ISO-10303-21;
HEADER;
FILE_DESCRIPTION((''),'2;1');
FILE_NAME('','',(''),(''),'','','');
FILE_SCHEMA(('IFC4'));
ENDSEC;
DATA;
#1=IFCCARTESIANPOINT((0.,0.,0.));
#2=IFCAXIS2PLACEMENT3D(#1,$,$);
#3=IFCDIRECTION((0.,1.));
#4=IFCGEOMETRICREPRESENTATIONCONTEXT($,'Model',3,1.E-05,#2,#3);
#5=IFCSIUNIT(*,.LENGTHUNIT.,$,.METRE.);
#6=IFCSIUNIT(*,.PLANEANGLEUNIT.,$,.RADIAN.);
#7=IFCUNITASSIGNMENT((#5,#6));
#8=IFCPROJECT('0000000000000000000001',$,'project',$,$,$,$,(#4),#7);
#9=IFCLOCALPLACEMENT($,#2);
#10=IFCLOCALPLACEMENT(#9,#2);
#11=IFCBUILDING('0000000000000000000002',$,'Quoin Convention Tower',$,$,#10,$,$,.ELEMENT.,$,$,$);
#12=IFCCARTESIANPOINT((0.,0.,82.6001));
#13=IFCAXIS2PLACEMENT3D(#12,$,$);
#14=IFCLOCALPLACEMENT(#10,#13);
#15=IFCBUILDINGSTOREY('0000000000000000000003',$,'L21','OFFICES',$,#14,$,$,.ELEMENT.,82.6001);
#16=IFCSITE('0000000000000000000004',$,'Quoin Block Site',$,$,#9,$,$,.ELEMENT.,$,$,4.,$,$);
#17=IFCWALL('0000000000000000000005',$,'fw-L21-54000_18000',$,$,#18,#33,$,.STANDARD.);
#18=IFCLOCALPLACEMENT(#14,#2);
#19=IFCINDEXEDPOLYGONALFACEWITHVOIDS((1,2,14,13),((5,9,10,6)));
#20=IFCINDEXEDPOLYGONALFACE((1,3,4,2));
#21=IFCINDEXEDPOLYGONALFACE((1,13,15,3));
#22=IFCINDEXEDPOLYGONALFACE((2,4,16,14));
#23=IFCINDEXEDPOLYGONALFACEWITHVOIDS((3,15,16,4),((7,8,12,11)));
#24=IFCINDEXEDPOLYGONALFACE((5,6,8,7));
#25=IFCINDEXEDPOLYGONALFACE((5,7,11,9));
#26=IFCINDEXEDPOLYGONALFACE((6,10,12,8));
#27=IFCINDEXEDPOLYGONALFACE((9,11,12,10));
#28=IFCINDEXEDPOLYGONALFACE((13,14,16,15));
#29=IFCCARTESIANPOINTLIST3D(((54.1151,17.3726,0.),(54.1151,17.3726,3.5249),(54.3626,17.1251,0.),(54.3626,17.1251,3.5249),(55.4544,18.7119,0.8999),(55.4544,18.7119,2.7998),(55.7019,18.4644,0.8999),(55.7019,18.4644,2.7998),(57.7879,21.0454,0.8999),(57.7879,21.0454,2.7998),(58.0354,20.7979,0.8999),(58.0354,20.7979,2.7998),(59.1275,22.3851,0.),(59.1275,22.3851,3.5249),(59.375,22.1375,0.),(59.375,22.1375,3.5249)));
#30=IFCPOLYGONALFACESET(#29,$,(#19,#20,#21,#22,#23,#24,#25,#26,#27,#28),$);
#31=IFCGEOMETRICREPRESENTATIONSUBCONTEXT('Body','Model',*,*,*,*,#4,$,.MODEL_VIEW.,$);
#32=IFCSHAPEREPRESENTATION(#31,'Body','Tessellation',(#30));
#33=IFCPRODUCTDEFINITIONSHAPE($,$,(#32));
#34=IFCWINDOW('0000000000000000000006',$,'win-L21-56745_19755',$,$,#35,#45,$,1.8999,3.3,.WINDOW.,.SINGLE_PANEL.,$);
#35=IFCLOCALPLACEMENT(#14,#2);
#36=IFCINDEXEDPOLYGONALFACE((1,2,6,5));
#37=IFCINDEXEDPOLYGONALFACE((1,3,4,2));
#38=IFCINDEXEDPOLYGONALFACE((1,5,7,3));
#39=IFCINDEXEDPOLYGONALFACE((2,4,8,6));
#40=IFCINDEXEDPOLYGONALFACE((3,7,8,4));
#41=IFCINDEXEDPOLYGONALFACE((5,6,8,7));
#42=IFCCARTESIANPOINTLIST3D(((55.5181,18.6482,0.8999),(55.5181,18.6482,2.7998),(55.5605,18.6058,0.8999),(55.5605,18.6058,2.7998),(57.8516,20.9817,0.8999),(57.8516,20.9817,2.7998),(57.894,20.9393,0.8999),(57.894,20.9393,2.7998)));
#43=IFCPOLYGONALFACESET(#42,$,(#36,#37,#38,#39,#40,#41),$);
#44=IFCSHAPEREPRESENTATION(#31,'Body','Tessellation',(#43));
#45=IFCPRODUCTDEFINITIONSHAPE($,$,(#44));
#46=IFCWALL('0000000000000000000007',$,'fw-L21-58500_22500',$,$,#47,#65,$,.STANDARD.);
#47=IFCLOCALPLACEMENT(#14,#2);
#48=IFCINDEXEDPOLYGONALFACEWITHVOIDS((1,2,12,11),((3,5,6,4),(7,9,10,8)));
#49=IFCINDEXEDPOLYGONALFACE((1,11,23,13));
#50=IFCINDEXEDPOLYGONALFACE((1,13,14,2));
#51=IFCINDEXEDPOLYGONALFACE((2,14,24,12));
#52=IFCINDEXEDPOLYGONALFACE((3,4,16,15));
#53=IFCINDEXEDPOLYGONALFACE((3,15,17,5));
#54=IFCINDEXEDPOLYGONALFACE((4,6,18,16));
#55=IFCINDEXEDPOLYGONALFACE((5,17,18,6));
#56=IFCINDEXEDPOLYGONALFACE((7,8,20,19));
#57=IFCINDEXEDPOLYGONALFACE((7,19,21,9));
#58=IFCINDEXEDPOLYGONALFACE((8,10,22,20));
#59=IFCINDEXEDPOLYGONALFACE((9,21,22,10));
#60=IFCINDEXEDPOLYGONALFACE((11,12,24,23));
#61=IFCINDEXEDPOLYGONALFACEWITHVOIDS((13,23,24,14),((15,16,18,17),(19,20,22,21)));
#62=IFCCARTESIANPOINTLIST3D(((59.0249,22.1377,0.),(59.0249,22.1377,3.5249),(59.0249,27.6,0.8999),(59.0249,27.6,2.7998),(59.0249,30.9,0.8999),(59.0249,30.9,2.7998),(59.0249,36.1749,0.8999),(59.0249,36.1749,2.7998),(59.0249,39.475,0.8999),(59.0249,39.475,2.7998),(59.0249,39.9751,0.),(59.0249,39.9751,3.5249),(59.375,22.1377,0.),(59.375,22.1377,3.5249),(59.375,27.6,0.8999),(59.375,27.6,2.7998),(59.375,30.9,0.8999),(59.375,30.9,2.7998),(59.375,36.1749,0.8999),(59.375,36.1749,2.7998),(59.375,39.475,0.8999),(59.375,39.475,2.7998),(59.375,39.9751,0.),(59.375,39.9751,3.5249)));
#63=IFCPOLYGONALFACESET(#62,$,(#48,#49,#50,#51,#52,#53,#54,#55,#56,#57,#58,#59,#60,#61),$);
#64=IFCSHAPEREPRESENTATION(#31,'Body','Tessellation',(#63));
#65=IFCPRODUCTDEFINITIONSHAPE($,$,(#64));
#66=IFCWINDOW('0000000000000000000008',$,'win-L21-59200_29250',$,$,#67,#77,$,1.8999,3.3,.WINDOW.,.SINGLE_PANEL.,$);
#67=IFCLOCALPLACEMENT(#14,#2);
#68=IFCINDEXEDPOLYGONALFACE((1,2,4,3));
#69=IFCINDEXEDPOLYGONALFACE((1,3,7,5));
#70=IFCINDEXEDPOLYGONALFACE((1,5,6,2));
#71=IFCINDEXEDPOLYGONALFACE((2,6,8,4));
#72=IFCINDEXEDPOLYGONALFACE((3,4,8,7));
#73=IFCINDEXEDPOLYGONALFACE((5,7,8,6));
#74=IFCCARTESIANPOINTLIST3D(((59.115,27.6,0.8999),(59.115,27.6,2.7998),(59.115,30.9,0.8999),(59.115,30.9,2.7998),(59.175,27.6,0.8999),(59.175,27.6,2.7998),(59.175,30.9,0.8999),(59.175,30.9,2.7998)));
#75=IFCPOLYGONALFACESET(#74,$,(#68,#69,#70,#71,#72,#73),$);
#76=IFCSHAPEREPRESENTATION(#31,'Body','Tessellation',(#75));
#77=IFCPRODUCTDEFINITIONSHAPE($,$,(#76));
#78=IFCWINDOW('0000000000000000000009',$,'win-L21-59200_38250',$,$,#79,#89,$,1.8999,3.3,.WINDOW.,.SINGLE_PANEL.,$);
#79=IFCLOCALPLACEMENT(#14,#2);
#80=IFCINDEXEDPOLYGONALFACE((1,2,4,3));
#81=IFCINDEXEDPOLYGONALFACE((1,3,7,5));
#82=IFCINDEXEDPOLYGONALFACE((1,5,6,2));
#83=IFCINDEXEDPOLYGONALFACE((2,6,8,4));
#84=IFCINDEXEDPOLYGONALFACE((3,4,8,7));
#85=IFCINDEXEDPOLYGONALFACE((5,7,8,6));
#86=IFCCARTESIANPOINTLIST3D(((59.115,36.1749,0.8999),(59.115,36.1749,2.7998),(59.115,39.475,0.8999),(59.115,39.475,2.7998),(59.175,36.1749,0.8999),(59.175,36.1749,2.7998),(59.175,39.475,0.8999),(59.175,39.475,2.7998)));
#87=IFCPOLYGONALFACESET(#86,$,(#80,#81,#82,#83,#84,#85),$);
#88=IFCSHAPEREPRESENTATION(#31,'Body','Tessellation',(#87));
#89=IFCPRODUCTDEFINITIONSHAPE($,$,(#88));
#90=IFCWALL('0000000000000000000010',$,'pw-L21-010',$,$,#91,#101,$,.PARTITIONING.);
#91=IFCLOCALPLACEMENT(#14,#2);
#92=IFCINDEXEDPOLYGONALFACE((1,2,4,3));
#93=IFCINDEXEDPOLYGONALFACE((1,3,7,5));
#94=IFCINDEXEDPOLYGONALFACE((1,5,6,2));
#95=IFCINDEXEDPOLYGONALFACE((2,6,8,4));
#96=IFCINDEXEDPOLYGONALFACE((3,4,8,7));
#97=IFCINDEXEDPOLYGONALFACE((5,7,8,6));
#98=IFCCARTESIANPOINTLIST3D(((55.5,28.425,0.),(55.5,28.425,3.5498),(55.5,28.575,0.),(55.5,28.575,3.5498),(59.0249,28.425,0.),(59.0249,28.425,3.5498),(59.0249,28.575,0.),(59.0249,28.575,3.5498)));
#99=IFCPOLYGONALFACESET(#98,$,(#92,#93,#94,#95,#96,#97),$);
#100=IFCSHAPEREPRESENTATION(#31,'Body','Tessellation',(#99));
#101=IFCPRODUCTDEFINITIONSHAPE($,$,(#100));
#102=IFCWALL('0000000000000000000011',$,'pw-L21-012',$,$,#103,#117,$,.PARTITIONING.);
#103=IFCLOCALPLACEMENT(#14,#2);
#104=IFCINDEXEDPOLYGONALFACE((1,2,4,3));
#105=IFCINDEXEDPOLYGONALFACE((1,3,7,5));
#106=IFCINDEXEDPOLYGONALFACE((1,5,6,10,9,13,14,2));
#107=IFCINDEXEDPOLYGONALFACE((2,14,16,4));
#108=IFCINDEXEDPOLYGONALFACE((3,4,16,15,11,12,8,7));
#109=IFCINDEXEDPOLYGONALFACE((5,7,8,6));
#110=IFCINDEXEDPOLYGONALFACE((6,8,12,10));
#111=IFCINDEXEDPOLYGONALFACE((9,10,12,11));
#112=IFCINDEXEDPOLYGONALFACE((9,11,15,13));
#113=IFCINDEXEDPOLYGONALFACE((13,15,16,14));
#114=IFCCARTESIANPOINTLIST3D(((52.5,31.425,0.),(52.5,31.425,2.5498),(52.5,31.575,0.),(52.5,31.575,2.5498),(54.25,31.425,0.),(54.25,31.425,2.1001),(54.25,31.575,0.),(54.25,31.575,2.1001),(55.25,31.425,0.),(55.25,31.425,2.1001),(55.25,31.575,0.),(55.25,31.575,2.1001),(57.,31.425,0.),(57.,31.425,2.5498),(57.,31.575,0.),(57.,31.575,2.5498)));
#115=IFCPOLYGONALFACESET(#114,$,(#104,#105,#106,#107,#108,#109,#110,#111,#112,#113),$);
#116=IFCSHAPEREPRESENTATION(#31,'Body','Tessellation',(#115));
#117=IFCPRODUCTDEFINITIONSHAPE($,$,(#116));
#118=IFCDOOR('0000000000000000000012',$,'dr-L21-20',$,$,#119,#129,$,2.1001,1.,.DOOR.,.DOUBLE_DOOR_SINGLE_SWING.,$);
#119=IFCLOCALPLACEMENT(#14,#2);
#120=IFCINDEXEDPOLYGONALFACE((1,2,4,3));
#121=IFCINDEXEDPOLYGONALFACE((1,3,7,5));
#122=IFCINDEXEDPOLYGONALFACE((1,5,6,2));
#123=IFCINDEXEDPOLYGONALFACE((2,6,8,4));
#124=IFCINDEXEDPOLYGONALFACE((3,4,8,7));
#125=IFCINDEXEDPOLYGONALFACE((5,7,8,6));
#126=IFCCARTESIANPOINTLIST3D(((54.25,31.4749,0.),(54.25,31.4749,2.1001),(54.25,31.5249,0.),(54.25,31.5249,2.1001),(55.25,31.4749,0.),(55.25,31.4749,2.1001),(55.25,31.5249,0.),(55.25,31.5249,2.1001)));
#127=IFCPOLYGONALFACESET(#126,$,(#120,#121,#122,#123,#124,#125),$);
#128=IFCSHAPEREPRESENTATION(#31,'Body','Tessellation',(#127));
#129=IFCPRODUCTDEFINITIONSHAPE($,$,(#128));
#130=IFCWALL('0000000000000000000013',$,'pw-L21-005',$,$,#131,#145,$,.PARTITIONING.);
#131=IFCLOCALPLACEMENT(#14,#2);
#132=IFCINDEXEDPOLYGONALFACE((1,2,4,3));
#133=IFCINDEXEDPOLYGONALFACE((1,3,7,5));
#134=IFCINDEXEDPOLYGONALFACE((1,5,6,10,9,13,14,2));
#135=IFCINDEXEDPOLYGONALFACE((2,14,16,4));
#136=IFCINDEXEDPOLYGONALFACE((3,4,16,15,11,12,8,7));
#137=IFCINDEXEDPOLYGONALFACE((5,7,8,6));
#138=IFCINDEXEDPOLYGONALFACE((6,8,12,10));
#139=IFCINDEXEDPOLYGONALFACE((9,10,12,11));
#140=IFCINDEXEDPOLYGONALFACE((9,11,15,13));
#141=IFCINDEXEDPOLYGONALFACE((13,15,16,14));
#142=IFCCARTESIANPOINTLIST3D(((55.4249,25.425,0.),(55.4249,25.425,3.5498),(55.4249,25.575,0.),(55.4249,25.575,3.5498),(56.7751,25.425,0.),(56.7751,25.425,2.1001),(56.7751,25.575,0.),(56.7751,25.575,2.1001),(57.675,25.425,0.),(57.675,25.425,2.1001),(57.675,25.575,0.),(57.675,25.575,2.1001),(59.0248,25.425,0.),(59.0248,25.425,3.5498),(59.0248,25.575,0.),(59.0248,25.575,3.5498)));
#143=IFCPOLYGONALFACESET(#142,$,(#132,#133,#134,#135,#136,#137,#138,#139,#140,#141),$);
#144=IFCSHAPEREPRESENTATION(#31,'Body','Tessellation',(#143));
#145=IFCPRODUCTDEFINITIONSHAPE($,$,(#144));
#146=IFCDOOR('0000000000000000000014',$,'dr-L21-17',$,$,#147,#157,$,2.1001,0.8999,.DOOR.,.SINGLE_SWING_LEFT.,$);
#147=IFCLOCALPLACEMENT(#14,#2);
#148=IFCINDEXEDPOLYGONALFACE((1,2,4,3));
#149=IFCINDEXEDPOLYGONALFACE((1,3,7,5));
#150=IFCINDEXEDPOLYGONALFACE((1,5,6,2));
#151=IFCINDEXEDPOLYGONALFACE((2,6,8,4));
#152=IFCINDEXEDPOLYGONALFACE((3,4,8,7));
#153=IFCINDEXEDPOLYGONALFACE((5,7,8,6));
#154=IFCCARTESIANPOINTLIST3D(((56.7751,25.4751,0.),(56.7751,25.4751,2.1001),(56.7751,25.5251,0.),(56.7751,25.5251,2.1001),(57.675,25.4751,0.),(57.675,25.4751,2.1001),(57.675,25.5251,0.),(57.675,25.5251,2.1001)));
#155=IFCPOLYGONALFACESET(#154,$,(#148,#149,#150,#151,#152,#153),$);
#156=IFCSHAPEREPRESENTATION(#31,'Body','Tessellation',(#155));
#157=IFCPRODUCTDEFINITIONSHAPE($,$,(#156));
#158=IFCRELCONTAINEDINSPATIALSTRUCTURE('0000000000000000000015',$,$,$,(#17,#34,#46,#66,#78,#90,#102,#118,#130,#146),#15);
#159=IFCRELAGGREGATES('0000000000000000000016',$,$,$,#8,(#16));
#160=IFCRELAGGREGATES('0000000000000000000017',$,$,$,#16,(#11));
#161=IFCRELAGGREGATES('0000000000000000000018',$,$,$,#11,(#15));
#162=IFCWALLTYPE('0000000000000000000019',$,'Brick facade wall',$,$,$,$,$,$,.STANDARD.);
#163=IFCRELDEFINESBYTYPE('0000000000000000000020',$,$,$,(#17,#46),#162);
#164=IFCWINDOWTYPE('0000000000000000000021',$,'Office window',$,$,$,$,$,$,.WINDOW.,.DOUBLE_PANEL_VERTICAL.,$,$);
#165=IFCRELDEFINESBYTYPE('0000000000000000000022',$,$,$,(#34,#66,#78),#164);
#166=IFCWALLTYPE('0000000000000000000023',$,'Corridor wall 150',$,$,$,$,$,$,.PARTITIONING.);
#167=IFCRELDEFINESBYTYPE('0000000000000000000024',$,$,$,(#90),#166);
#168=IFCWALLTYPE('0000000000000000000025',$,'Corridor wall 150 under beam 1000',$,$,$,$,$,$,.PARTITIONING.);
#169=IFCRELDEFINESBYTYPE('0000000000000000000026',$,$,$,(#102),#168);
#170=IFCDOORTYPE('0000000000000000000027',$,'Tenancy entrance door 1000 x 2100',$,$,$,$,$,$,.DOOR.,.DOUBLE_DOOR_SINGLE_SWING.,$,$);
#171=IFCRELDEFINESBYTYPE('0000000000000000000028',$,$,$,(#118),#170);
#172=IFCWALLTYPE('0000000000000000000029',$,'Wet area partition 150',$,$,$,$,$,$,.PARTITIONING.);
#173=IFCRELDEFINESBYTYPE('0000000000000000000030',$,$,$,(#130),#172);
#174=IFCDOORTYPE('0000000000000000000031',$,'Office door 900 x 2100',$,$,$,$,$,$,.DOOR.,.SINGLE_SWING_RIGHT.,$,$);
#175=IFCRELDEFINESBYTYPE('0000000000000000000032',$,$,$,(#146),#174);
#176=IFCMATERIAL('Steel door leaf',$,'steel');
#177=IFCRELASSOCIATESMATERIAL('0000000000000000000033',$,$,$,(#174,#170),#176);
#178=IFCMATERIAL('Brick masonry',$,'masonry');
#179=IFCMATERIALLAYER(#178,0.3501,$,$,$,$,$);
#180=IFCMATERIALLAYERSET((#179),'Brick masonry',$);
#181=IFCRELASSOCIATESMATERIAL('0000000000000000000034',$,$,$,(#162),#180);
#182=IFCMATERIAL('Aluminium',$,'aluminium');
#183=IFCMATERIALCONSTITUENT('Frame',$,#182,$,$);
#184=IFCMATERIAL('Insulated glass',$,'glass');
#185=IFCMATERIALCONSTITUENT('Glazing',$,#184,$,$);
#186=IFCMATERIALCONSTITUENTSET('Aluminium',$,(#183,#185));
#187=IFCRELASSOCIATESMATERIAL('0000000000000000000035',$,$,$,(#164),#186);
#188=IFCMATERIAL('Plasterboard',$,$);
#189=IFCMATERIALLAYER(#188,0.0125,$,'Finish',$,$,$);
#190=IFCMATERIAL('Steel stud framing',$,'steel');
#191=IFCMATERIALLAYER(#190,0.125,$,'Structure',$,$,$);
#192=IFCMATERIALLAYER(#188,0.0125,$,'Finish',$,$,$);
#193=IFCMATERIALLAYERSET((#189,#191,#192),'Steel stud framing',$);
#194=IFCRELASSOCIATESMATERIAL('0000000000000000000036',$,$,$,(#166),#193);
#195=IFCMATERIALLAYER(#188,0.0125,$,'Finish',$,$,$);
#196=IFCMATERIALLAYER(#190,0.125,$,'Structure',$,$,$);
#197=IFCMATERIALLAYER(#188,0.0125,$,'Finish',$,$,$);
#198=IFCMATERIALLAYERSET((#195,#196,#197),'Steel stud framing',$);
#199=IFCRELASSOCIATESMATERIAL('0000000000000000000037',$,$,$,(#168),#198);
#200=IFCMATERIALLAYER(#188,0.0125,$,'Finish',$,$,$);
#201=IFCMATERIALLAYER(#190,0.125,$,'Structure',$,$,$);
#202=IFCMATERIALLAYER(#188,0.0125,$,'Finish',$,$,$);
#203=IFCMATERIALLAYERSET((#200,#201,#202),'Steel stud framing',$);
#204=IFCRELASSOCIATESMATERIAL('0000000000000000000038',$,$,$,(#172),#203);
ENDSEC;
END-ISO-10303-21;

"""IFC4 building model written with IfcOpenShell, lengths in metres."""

from ifc_helpers import new_model, si_unit, direction, frame, frame_2d, origin, place, context, subcontext, project, spatial, rectangle, extrude, material, layer, layer_set, constituent, constituent_set, type_object, element, fill, save


model = new_model("IFC4")

# Units and contexts
model_context = context("Model", 3, precision=1e-05, world=origin(), true_north=direction((0.0, 1.0)))
body_context = subcontext(model_context, "Body", "Model", "MODEL_VIEW")
ifc_project = project(units=[si_unit("LENGTHUNIT", "METRE"), si_unit("PLANEANGLEUNIT", "RADIAN")], contexts=[model_context])

# Site, building, storey
site_placement = place(None, origin())
site = spatial("IfcSite", under=ifc_project, at=site_placement, Name="Quoin Block Site", CompositionType="ELEMENT", RefElevation=4.0)
building_placement = place(site_placement, origin())
building = spatial("IfcBuilding", under=site, at=building_placement, Name="Quoin Convention Tower", CompositionType="ELEMENT")
storey_placement = place(building_placement, frame((0.0, 0.0, 82.6001)))
storey = spatial("IfcBuildingStorey", under=building, at=storey_placement, Name="L21", Description="OFFICES", CompositionType="ELEMENT", Elevation=82.6001)

# Shared definitions
ifc_material_1 = material(Name="Plasterboard")
ifc_material_2 = material(Name="Steel stud framing", Category="steel")
ifc_material_3 = material(Name="Steel door leaf", Category="steel")
door_type_1 = type_object("IfcDoorType", Name="Office door 900 x 2100", OperationType="SINGLE_SWING_RIGHT", PredefinedType="DOOR", material=ifc_material_3)

# Wall, opening, window
ifc_material_4 = material(Name="Brick masonry", Category="masonry")
ifc_layer_1 = layer(ifc_material_4, 0.3501)
ifc_layer_set_1 = layer_set([ifc_layer_1], Name="Brick masonry")
wall_type_1 = type_object("IfcWallType", Name="Brick facade wall", PredefinedType="STANDARD", material=ifc_layer_set_1)
wall_1_placement = place(storey_placement, frame((54.2388, 17.2488, 0.0), z_axis=(0.0, 0.0, 1.0), x_axis=(0.707107, 0.707107, 0.0)))
wall_1 = element("IfcWall", 1, at=wall_1_placement, inside=storey, type_object=wall_type_1, Name="fw-L21-54000_18000", PredefinedType="STANDARD", context=body_context, shape_type="SweptSolid", body=[
    extrude(rectangle(XDim=7.0886, YDim=0.3501, at=frame_2d((3.5444, 0.0))), origin(), (0.0, 0.0, 1.0), 3.5249),
])
opening_1_placement = place(wall_1_placement, frame((1.8943, 0.0, 0.8999)))
opening_1 = element("IfcOpeningElement", 2, at=opening_1_placement, cuts=wall_1, PredefinedType="OPENING", context=body_context, shape_type="SweptSolid", body=[
    extrude(rectangle(XDim=3.3, YDim=1.8999, at=frame_2d((1.6499, 0.95))), frame((0.0, 0.1851, 0.0), z_axis=(0.0, -1.0, 0.0), x_axis=(1.0, 0.0, 0.0)), (0.0, 0.0, 1.0), 0.3701),
])
ifc_material_5 = material(Name="Aluminium", Category="aluminium")
ifc_constituent_1 = constituent(ifc_material_5, Name="Frame")
ifc_material_6 = material(Name="Insulated glass", Category="glass")
ifc_constituent_2 = constituent(ifc_material_6, Name="Glazing")
ifc_constituent_set = constituent_set(constituents=[ifc_constituent_1, ifc_constituent_2], Name="Aluminium")
window_type = type_object("IfcWindowType", Name="Office window", PartitioningType="DOUBLE_PANEL_VERTICAL", PredefinedType="WINDOW", material=ifc_constituent_set)
window_1_placement = place(opening_1_placement, origin())
window_1 = element("IfcWindow", 3, at=window_1_placement, inside=storey, type_object=window_type, Name="win-L21-56745_19755", OverallHeight=1.8999, OverallWidth=3.3, PartitioningType="SINGLE_PANEL", PredefinedType="WINDOW", context=body_context, shape_type="SweptSolid", body=[
    extrude(rectangle(XDim=3.3, YDim=1.8999, at=frame_2d((1.6499, 0.95))), frame((0.0, 0.085, 0.0), z_axis=(0.0, -1.0, 0.0), x_axis=(1.0, 0.0, 0.0)), (0.0, 0.0, 1.0), 0.0601),
])
fill(opening_1, window_1)

# Wall, openings, windows
wall_2_placement = place(storey_placement, frame((59.2, 22.1377, 0.0), z_axis=(0.0, 0.0, 1.0), x_axis=(0.0, 1.0, 0.0)))
wall_2 = element("IfcWall", 4, at=wall_2_placement, inside=storey, type_object=wall_type_1, Name="fw-L21-58500_22500", PredefinedType="STANDARD", context=body_context, shape_type="SweptSolid", body=[
    extrude(rectangle(XDim=17.8374, YDim=0.3501, at=frame_2d((8.9187, 0.0))), origin(), (0.0, 0.0, 1.0), 3.5249),
])
opening_2_placement = place(wall_2_placement, frame((5.4624, 0.0, 0.8999)))
opening_2 = element("IfcOpeningElement", 5, at=opening_2_placement, cuts=wall_2, PredefinedType="OPENING", context=body_context, shape_type="SweptSolid", body=[
    extrude(rectangle(XDim=3.3, YDim=1.8999, at=frame_2d((1.6499, 0.95))), frame((0.0, 0.1851, 0.0), z_axis=(0.0, -1.0, 0.0), x_axis=(1.0, 0.0, 0.0)), (0.0, 0.0, 1.0), 0.3701),
])
opening_3_placement = place(wall_2_placement, frame((14.0374, 0.0, 0.8999)))
opening_3 = element("IfcOpeningElement", 6, at=opening_3_placement, cuts=wall_2, PredefinedType="OPENING", context=body_context, shape_type="SweptSolid", body=[
    extrude(rectangle(XDim=3.3, YDim=1.8999, at=frame_2d((1.6499, 0.95))), frame((0.0, 0.1851, 0.0), z_axis=(0.0, -1.0, 0.0), x_axis=(1.0, 0.0, 0.0)), (0.0, 0.0, 1.0), 0.3701),
])
window_2_placement = place(opening_2_placement, origin())
window_2 = element("IfcWindow", 7, at=window_2_placement, inside=storey, type_object=window_type, Name="win-L21-59200_29250", OverallHeight=1.8999, OverallWidth=3.3, PartitioningType="SINGLE_PANEL", PredefinedType="WINDOW", context=body_context, shape_type="SweptSolid", body=[
    extrude(rectangle(XDim=3.3, YDim=1.8999, at=frame_2d((1.6499, 0.95))), frame((0.0, 0.085, 0.0), z_axis=(0.0, -1.0, 0.0), x_axis=(1.0, 0.0, 0.0)), (0.0, 0.0, 1.0), 0.0601),
])
fill(opening_2, window_2)
window_3_placement = place(opening_3_placement, origin())
window_3 = element("IfcWindow", 8, at=window_3_placement, inside=storey, type_object=window_type, Name="win-L21-59200_38250", OverallHeight=1.8999, OverallWidth=3.3, PartitioningType="SINGLE_PANEL", PredefinedType="WINDOW", context=body_context, shape_type="SweptSolid", body=[
    extrude(rectangle(XDim=3.3, YDim=1.8999, at=frame_2d((1.6499, 0.95))), frame((0.0, 0.085, 0.0), z_axis=(0.0, -1.0, 0.0), x_axis=(1.0, 0.0, 0.0)), (0.0, 0.0, 1.0), 0.0601),
])
fill(opening_3, window_3)

# Wall
ifc_layer_2 = layer(ifc_material_1, 0.0125, Name="Finish")
ifc_layer_3 = layer(ifc_material_2, 0.125, Name="Structure")
ifc_layer_4 = layer(ifc_material_1, 0.0125, Name="Finish")
ifc_layer_set_2 = layer_set([ifc_layer_2, ifc_layer_3, ifc_layer_4], Name="Steel stud framing")
wall_type_2 = type_object("IfcWallType", Name="Corridor wall 150", PredefinedType="PARTITIONING", material=ifc_layer_set_2)
wall_3_placement = place(storey_placement, frame((55.5, 28.5, 0.0), z_axis=(0.0, 0.0, 1.0), x_axis=(1.0, 0.0, 0.0)))
element("IfcWall", 9, at=wall_3_placement, inside=storey, type_object=wall_type_2, Name="pw-L21-010", PredefinedType="PARTITIONING", context=body_context, shape_type="SweptSolid", body=[
    extrude(rectangle(XDim=3.5249, YDim=0.1499, at=frame_2d((1.7625, 0.0))), origin(), (0.0, 0.0, 1.0), 3.5498),
])

# Walls, openings, doors
ifc_layer_5 = layer(ifc_material_1, 0.0125, Name="Finish")
ifc_layer_6 = layer(ifc_material_2, 0.125, Name="Structure")
ifc_layer_7 = layer(ifc_material_1, 0.0125, Name="Finish")
ifc_layer_set_3 = layer_set([ifc_layer_5, ifc_layer_6, ifc_layer_7], Name="Steel stud framing")
wall_type_3 = type_object("IfcWallType", Name="Corridor wall 150 under beam 1000", PredefinedType="PARTITIONING", material=ifc_layer_set_3)
wall_4_placement = place(storey_placement, frame((52.5, 31.5, 0.0), z_axis=(0.0, 0.0, 1.0), x_axis=(1.0, 0.0, 0.0)))
wall_4 = element("IfcWall", 10, at=wall_4_placement, inside=storey, type_object=wall_type_3, Name="pw-L21-012", PredefinedType="PARTITIONING", context=body_context, shape_type="SweptSolid", body=[
    extrude(rectangle(XDim=4.5, YDim=0.1499, at=frame_2d((2.25, 0.0))), origin(), (0.0, 0.0, 1.0), 2.5498),
])
opening_4_placement = place(wall_4_placement, frame((1.75, 0.0, 0.0)))
opening_4 = element("IfcOpeningElement", 11, at=opening_4_placement, cuts=wall_4, PredefinedType="OPENING", context=body_context, shape_type="SweptSolid", body=[
    extrude(rectangle(XDim=1.0, YDim=2.1001, at=frame_2d((0.5, 1.05))), frame((0.0, 0.085, 0.0), z_axis=(0.0, -1.0, 0.0), x_axis=(1.0, 0.0, 0.0)), (0.0, 0.0, 1.0), 0.1699),
])
door_type_2 = type_object("IfcDoorType", Name="Tenancy entrance door 1000 x 2100", OperationType="DOUBLE_DOOR_SINGLE_SWING", PredefinedType="DOOR", material=ifc_material_3)
door_1_placement = place(opening_4_placement, origin())
door_1 = element("IfcDoor", 12, at=door_1_placement, inside=storey, type_object=door_type_2, Name="dr-L21-20", OperationType="DOUBLE_DOOR_SINGLE_SWING", OverallHeight=2.1001, OverallWidth=1.0, PredefinedType="DOOR", context=body_context, shape_type="SweptSolid", body=[
    extrude(rectangle(XDim=1.0, YDim=2.1001, at=frame_2d((0.5, 1.05))), frame((0.0, 0.0249, 0.0), z_axis=(0.0, -1.0, 0.0), x_axis=(1.0, 0.0, 0.0)), (0.0, 0.0, 1.0), 0.05),
])
fill(opening_4, door_1)
ifc_layer_8 = layer(ifc_material_1, 0.0125, Name="Finish")
ifc_layer_9 = layer(ifc_material_2, 0.125, Name="Structure")
ifc_layer_10 = layer(ifc_material_1, 0.0125, Name="Finish")
ifc_layer_set_4 = layer_set([ifc_layer_8, ifc_layer_9, ifc_layer_10], Name="Steel stud framing")
wall_type_4 = type_object("IfcWallType", Name="Wet area partition 150", PredefinedType="PARTITIONING", material=ifc_layer_set_4)
wall_5_placement = place(storey_placement, frame((55.425, 25.5, 0.0), z_axis=(0.0, 0.0, 1.0), x_axis=(1.0, 0.0, 0.0)))
wall_5 = element("IfcWall", 13, at=wall_5_placement, inside=storey, type_object=wall_type_4, Name="pw-L21-005", PredefinedType="PARTITIONING", context=body_context, shape_type="SweptSolid", body=[
    extrude(rectangle(XDim=3.5999, YDim=0.1499, at=frame_2d((1.7998, 0.0))), origin(), (0.0, 0.0, 1.0), 3.5498),
])
opening_5_placement = place(wall_5_placement, frame((1.3501, 0.0, 0.0)))
opening_5 = element("IfcOpeningElement", 14, at=opening_5_placement, cuts=wall_5, PredefinedType="OPENING", context=body_context, shape_type="SweptSolid", body=[
    extrude(rectangle(XDim=0.8999, YDim=2.1001, at=frame_2d((0.45, 1.05))), frame((0.0, 0.085, 0.0), z_axis=(0.0, -1.0, 0.0), x_axis=(1.0, 0.0, 0.0)), (0.0, 0.0, 1.0), 0.1699),
])
door_2_placement = place(opening_5_placement, frame((0.8999, 0.0, 0.0), z_axis=(0.0, 0.0, 1.0), x_axis=(-1.0, 0.0, 0.0)))
door_2 = element("IfcDoor", 15, at=door_2_placement, inside=storey, type_object=door_type_1, Name="dr-L21-17", OperationType="SINGLE_SWING_LEFT", OverallHeight=2.1001, OverallWidth=0.8999, PredefinedType="DOOR", context=body_context, shape_type="SweptSolid", body=[
    extrude(rectangle(XDim=0.8999, YDim=2.1001, at=frame_2d((0.45, 1.05))), frame((0.0, 0.0249, 0.0), z_axis=(0.0, -1.0, 0.0), x_axis=(1.0, 0.0, 0.0)), (0.0, 0.0, 1.0), 0.05),
])
fill(opening_5, door_2)

save(model, "model.ifc")
